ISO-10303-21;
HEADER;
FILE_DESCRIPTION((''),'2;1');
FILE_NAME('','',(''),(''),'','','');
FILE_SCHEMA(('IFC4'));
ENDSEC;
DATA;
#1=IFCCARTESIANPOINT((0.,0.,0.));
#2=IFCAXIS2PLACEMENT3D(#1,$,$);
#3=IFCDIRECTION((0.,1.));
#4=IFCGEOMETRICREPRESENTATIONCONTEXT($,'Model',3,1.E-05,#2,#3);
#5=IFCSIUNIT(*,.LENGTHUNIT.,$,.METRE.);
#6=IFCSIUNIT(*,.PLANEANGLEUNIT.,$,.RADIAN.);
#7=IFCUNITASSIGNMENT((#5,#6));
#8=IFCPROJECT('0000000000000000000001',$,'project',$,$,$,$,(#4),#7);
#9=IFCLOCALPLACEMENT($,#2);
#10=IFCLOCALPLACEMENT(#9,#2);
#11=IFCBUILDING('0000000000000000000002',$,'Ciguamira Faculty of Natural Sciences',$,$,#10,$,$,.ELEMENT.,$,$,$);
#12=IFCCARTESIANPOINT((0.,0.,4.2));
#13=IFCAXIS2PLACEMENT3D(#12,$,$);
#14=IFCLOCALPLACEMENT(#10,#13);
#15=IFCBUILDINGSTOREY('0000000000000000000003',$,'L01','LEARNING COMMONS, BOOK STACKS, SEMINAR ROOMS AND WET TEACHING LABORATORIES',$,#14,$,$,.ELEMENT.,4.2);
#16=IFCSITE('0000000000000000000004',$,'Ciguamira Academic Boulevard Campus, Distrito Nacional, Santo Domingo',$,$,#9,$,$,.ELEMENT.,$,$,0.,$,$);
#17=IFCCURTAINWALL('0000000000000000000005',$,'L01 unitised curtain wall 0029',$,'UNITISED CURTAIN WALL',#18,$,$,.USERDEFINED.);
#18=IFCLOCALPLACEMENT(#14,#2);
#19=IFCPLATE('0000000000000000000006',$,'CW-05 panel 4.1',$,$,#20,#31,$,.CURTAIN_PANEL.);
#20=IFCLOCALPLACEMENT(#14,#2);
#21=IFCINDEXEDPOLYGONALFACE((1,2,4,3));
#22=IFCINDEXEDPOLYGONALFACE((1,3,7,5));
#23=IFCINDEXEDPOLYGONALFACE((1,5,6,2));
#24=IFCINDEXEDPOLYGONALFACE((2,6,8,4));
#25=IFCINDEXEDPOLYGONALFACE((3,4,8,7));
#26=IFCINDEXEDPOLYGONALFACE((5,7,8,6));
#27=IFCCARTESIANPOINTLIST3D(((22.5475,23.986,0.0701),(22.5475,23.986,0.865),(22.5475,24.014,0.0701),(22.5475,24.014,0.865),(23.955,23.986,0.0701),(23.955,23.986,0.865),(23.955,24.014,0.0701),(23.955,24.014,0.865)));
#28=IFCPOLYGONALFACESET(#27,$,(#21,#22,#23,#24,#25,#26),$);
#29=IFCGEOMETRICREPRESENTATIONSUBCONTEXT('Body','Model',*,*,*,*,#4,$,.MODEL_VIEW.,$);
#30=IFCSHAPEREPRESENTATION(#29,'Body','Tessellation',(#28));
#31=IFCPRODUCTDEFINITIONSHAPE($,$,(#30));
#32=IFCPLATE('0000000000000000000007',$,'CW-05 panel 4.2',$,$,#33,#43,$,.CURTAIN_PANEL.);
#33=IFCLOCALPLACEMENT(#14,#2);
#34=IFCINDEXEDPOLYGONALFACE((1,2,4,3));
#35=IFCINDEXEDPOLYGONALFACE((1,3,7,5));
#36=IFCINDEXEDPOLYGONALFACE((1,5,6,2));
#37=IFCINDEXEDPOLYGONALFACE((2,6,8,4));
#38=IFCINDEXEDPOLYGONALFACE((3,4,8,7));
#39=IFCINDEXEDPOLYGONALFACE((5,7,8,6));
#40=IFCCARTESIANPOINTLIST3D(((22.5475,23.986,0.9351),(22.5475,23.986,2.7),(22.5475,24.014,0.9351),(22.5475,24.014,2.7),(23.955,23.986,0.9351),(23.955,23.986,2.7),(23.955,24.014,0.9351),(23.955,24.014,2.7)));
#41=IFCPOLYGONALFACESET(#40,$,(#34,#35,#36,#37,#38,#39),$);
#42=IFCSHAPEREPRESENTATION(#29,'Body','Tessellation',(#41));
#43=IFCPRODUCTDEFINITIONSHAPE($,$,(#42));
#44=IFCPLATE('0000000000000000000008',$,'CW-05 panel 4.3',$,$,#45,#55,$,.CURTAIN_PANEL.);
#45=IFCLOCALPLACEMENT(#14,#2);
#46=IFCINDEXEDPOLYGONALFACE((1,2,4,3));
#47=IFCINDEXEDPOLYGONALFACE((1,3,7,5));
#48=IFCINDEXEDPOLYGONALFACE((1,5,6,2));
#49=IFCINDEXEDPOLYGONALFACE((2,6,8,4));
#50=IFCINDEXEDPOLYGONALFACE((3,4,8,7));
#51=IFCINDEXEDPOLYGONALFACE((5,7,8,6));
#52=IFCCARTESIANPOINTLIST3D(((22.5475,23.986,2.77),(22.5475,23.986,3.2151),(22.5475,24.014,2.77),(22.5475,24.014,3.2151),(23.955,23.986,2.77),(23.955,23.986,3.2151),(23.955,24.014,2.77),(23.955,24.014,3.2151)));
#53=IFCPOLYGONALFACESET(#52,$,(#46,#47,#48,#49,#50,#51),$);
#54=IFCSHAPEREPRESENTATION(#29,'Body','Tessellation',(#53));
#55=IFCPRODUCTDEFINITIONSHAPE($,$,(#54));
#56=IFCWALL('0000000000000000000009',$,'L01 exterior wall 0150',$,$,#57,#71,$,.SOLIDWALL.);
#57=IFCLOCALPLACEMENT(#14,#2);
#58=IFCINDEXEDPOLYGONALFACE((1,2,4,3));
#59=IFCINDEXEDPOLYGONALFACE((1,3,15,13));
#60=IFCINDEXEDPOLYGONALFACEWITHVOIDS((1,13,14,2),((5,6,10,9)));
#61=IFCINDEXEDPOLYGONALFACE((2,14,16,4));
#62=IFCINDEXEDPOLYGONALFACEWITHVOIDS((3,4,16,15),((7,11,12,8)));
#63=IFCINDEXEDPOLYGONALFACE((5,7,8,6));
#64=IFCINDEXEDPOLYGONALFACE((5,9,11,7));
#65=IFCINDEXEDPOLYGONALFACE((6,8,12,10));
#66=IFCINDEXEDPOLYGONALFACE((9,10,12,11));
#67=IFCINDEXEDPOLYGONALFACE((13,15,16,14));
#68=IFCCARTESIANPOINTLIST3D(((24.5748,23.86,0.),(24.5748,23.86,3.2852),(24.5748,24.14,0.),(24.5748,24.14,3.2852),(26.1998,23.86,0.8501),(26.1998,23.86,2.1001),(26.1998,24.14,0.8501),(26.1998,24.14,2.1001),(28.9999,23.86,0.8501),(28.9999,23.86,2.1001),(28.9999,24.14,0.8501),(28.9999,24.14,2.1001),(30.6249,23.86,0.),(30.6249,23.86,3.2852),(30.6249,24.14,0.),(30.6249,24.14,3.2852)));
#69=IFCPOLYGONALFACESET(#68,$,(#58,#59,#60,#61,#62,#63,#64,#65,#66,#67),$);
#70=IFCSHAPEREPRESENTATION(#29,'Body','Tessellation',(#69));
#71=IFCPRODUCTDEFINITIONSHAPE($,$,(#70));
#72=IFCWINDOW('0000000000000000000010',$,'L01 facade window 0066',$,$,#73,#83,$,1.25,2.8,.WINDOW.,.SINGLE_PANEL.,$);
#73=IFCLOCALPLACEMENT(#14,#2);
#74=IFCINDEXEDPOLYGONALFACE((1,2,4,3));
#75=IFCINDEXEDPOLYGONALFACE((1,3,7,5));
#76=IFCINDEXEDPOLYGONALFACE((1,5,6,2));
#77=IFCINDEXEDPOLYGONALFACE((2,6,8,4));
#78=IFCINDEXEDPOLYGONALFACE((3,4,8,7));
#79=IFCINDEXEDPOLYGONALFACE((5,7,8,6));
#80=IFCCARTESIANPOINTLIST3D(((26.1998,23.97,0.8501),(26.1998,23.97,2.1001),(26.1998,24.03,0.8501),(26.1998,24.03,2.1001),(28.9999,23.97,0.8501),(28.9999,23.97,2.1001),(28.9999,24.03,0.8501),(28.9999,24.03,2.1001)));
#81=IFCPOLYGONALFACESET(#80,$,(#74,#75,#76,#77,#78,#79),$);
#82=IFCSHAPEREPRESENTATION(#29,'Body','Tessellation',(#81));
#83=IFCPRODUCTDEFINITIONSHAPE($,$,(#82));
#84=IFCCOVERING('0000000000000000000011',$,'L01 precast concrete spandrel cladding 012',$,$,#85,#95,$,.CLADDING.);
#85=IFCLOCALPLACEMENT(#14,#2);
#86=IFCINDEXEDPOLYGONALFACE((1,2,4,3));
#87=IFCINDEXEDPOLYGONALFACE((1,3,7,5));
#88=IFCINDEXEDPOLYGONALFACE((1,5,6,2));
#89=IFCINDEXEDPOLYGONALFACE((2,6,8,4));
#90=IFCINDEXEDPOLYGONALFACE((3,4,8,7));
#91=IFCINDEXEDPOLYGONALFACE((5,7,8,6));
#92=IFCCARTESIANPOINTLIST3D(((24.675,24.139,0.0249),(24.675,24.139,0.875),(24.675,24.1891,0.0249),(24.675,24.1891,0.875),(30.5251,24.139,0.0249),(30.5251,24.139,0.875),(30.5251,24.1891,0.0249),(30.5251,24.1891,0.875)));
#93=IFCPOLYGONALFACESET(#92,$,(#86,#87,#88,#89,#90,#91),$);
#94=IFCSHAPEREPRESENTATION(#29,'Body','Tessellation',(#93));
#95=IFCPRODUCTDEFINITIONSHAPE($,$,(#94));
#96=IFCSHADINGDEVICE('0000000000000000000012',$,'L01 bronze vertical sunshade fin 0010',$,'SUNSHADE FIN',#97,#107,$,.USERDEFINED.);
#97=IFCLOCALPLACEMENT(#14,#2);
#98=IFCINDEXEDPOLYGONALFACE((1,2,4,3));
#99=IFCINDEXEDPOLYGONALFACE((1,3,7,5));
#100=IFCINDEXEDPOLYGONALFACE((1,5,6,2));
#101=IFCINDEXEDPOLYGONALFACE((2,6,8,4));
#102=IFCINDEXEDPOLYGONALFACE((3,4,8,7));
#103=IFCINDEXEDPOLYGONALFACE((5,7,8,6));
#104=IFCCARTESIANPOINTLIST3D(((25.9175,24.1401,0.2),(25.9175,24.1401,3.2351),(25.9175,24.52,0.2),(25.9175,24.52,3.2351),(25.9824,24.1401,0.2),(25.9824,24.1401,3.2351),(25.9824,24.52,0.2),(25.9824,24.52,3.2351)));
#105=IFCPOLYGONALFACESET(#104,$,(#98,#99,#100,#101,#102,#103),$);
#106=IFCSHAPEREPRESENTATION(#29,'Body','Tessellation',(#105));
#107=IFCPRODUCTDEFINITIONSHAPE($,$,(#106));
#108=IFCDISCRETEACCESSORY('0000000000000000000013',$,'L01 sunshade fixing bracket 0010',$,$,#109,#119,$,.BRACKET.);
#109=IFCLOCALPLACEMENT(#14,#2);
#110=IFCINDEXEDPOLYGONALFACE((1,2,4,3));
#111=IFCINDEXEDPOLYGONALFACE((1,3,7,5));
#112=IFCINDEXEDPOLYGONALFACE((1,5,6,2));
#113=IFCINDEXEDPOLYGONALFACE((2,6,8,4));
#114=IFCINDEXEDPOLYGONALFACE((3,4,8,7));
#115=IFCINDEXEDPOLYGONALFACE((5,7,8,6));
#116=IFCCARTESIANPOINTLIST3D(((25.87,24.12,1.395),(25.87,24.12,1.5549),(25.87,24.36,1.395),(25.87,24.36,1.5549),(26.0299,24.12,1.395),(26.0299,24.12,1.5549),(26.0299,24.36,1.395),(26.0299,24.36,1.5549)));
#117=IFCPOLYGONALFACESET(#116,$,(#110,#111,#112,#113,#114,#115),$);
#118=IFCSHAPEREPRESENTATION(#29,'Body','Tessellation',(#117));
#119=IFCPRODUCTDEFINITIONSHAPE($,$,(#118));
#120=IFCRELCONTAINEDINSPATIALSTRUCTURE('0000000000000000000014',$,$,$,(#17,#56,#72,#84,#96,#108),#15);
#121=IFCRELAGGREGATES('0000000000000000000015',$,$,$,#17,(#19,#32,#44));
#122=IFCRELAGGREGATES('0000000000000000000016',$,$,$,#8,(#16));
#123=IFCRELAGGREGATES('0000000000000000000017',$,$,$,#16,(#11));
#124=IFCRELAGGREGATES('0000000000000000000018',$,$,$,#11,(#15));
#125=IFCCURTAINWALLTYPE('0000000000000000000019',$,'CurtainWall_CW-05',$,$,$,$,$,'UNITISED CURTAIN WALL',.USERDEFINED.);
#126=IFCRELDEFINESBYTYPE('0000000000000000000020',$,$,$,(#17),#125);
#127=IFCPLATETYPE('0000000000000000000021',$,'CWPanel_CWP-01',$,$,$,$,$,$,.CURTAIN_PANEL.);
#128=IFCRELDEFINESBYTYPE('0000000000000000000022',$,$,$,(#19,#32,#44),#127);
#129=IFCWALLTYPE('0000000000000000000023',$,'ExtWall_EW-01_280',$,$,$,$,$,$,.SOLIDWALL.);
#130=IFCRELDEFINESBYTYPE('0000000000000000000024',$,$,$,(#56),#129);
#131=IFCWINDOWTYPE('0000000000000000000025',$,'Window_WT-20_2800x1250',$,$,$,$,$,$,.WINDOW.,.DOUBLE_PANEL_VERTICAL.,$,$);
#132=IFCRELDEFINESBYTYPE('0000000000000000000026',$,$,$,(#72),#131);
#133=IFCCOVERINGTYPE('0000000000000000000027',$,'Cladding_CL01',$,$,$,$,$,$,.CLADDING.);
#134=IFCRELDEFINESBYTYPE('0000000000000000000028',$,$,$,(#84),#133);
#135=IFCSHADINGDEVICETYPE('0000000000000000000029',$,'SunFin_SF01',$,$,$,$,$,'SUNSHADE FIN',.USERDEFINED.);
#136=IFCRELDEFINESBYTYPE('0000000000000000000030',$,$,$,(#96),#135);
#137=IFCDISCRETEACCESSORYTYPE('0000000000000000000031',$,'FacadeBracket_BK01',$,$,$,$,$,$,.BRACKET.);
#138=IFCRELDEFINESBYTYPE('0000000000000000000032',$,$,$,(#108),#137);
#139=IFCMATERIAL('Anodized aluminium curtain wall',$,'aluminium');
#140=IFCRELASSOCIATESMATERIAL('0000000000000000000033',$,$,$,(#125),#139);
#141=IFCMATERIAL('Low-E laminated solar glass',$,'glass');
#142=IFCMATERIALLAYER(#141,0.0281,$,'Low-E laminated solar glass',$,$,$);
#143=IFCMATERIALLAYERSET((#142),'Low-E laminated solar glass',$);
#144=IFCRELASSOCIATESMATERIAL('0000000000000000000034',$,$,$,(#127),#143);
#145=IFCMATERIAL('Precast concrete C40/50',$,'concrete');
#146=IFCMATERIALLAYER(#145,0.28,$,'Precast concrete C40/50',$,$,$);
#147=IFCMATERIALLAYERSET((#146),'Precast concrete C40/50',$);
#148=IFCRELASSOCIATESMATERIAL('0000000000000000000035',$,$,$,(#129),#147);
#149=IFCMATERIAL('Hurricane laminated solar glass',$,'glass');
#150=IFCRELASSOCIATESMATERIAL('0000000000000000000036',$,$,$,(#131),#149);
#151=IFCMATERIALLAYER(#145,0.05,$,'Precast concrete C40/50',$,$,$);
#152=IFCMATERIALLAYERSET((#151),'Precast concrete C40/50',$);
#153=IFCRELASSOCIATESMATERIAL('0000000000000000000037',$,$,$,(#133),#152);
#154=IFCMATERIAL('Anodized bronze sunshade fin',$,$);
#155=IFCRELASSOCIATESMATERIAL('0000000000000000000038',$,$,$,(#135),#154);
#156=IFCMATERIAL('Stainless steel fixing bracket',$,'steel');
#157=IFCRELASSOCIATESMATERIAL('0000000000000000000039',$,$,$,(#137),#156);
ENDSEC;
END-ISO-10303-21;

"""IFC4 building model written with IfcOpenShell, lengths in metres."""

from ifc_helpers import new_model, si_unit, direction, frame, frame_2d, origin, origin_2d, place, context, subcontext, project, spatial, rectangle, extrude, material, layer, layer_set, material_profile, profile_set, type_object, element, fill, aggregate, save


model = new_model("IFC4")

# Units and contexts
model_context = context("Model", 3, precision=1e-05, world=origin(), true_north=direction((0.0, 1.0)))
body_context = subcontext(model_context, "Body", "Model", "MODEL_VIEW")
ifc_project = project(units=[si_unit("LENGTHUNIT", "METRE"), si_unit("PLANEANGLEUNIT", "RADIAN")], contexts=[model_context])

# Site, building, storey
site_placement = place(None, origin())
site = spatial("IfcSite", under=ifc_project, at=site_placement, Name="Ciguamira Academic Boulevard Campus, Distrito Nacional, Santo Domingo", CompositionType="ELEMENT", RefElevation=0.0)
building_placement = place(site_placement, origin())
building = spatial("IfcBuilding", under=site, at=building_placement, Name="Ciguamira Faculty of Natural Sciences", CompositionType="ELEMENT")
storey_placement = place(building_placement, frame((0.0, 0.0, 4.2)))
storey = spatial("IfcBuildingStorey", under=building, at=storey_placement, Name="L01", Description="LEARNING COMMONS, BOOK STACKS, SEMINAR ROOMS AND WET TEACHING LABORATORIES", CompositionType="ELEMENT", Elevation=4.2)

# Curtain wall
ifc_material_1 = material(Name="Anodized aluminium curtain wall", Category="aluminium")
curtain_wall_type_1 = type_object("IfcCurtainWallType", Name="CurtainWall_CW-05", ElementType="UNITISED CURTAIN WALL", PredefinedType="USERDEFINED", material=ifc_material_1)
curtain_wall_1_placement = place(storey_placement, origin())
curtain_wall_1 = element("IfcCurtainWall", 1, at=curtain_wall_1_placement, inside=storey, type_object=curtain_wall_type_1, Name="L01 unitised curtain wall 0029", ObjectType="UNITISED CURTAIN WALL", PredefinedType="USERDEFINED")

# Plates
ifc_material_2 = material(Name="Low-E laminated solar glass", Category="glass")
ifc_layer_1 = layer(ifc_material_2, 0.0281, Name="Low-E laminated solar glass")
ifc_layer_set_1 = layer_set([ifc_layer_1], Name="Low-E laminated solar glass")
plate_type = type_object("IfcPlateType", Name="CWPanel_CWP-01", PredefinedType="CURTAIN_PANEL", material=ifc_layer_set_1)
plate_1_placement = place(storey_placement, frame((23.2512, 24.0, 0.0701), z_axis=(0.0, 0.0, 1.0), x_axis=(1.0, 0.0, 0.0)))
plate_1 = element("IfcPlate", 2, at=plate_1_placement, type_object=plate_type, Name="CW-05 panel 4.1", PredefinedType="CURTAIN_PANEL", context=body_context, shape_type="SweptSolid", body=[
    extrude(rectangle(XDim=1.4075, YDim=0.0281, at=origin_2d()), origin(), (0.0, 0.0, 1.0), 0.7949),
])
plate_2_placement = place(storey_placement, frame((23.2512, 24.0, 0.9351), z_axis=(0.0, 0.0, 1.0), x_axis=(1.0, 0.0, 0.0)))
plate_2 = element("IfcPlate", 3, at=plate_2_placement, type_object=plate_type, Name="CW-05 panel 4.2", PredefinedType="CURTAIN_PANEL", context=body_context, shape_type="SweptSolid", body=[
    extrude(rectangle(XDim=1.4075, YDim=0.0281, at=origin_2d()), origin(), (0.0, 0.0, 1.0), 1.7649),
])
plate_3_placement = place(storey_placement, frame((23.2512, 24.0, 2.77), z_axis=(0.0, 0.0, 1.0), x_axis=(1.0, 0.0, 0.0)))
plate_3 = element("IfcPlate", 4, at=plate_3_placement, type_object=plate_type, Name="CW-05 panel 4.3", PredefinedType="CURTAIN_PANEL", context=body_context, shape_type="SweptSolid", body=[
    extrude(rectangle(XDim=1.4075, YDim=0.0281, at=origin_2d()), origin(), (0.0, 0.0, 1.0), 0.4451),
])
aggregate(curtain_wall_1, [plate_1, plate_2, plate_3])

# Wall, opening, window
ifc_material_3 = material(Name="Precast concrete C40/50", Category="concrete")
ifc_layer_2 = layer(ifc_material_3, 0.28, Name="Precast concrete C40/50")
ifc_layer_set_2 = layer_set([ifc_layer_2], Name="Precast concrete C40/50")
wall_type = type_object("IfcWallType", Name="ExtWall_EW-01_280", PredefinedType="SOLIDWALL", material=ifc_layer_set_2)
wall_placement = place(storey_placement, frame((24.575, 24.0, 0.0), z_axis=(0.0, 0.0, 1.0), x_axis=(1.0, 0.0, 0.0)))
wall = element("IfcWall", 5, at=wall_placement, inside=storey, type_object=wall_type, Name="L01 exterior wall 0150", PredefinedType="SOLIDWALL", context=body_context, shape_type="SweptSolid", body=[
    extrude(rectangle(XDim=6.05, YDim=0.28, at=frame_2d((3.0249, 0.0))), origin(), (0.0, 0.0, 1.0), 3.2852),
])
opening_placement = place(wall_placement, frame((1.625, 0.0, 0.8501)))
opening = element("IfcOpeningElement", 6, at=opening_placement, cuts=wall, PredefinedType="OPENING", context=body_context, shape_type="SweptSolid", body=[
    extrude(rectangle(XDim=2.8, YDim=1.25, at=frame_2d((1.3999, 0.625))), frame((0.0, 0.1499, 0.0), z_axis=(0.0, -1.0, 0.0), x_axis=(1.0, 0.0, 0.0)), (0.0, 0.0, 1.0), 0.3),
])
ifc_material_4 = material(Name="Hurricane laminated solar glass", Category="glass")
window_type = type_object("IfcWindowType", Name="Window_WT-20_2800x1250", PartitioningType="DOUBLE_PANEL_VERTICAL", PredefinedType="WINDOW", material=ifc_material_4)
window_placement = place(opening_placement, origin())
window = element("IfcWindow", 7, at=window_placement, inside=storey, type_object=window_type, Name="L01 facade window 0066", OverallHeight=1.25, OverallWidth=2.8, PartitioningType="SINGLE_PANEL", PredefinedType="WINDOW", context=body_context, shape_type="SweptSolid", body=[
    extrude(rectangle(XDim=2.8, YDim=1.25, at=frame_2d((1.3999, 0.625))), frame((0.0, 0.03, 0.0), z_axis=(0.0, -1.0, 0.0), x_axis=(1.0, 0.0, 0.0)), (0.0, 0.0, 1.0), 0.0601),
])
fill(opening, window)

# Covering
ifc_layer_3 = layer(ifc_material_3, 0.05, Name="Precast concrete C40/50")
ifc_layer_set_3 = layer_set([ifc_layer_3], Name="Precast concrete C40/50")
covering_type = type_object("IfcCoveringType", Name="Cladding_CL01", PredefinedType="CLADDING", material=ifc_layer_set_3)
covering_placement = place(storey_placement, frame((27.6001, 24.1641, 0.0249), z_axis=(0.0, 0.0, 1.0), x_axis=(1.0, 0.0, 0.0)))
element("IfcCovering", 8, at=covering_placement, inside=storey, type_object=covering_type, Name="L01 precast concrete spandrel cladding 012", PredefinedType="CLADDING", context=body_context, shape_type="SweptSolid", body=[
    extrude(rectangle(XDim=5.8501, YDim=0.05, at=origin_2d()), origin(), (0.0, 0.0, 1.0), 0.8501),
])

# Shading device
ifc_material_5 = material(Name="Anodized bronze sunshade fin")
ifc_material_profile_1 = material_profile(ifc_material_5, rectangle(XDim=0.0649, YDim=0.3799, at=origin_2d()), Name="BRZ-FIN-65X380")
ifc_profile_set_1 = profile_set([ifc_material_profile_1], Name="Anodized bronze sunshade fin")
shading_device_type = type_object("IfcShadingDeviceType", Name="SunFin_SF01", ElementType="SUNSHADE FIN", PredefinedType="USERDEFINED", material=ifc_profile_set_1)
shading_device_placement = place(storey_placement, frame((25.95, 24.3301, 0.2), z_axis=(0.0, 0.0, 1.0), x_axis=(1.0, 0.0, 0.0)))
element("IfcShadingDevice", 9, at=shading_device_placement, inside=storey, type_object=shading_device_type, Name="L01 bronze vertical sunshade fin 0010", ObjectType="SUNSHADE FIN", PredefinedType="USERDEFINED", context=body_context, shape_type="SweptSolid", body=[
    extrude(rectangle(XDim=0.0649, YDim=0.3799, at=origin_2d()), origin(), (0.0, 0.0, 1.0), 3.0352),
])

# Discrete accessory
ifc_material_6 = material(Name="Stainless steel fixing bracket", Category="steel")
discrete_accessory_type = type_object("IfcDiscreteAccessoryType", Name="FacadeBracket_BK01", PredefinedType="BRACKET", material=ifc_material_6)
discrete_accessory_placement = place(storey_placement, frame((25.95, 24.24, 1.395), z_axis=(0.0, 0.0, 1.0), x_axis=(1.0, 0.0, 0.0)))
element("IfcDiscreteAccessory", 10, at=discrete_accessory_placement, inside=storey, type_object=discrete_accessory_type, Name="L01 sunshade fixing bracket 0010", PredefinedType="BRACKET", context=body_context, shape_type="SweptSolid", body=[
    extrude(rectangle(XDim=0.1599, YDim=0.24, at=origin_2d()), origin(), (0.0, 0.0, 1.0), 0.1599),
])

save(model, "model.ifc")
